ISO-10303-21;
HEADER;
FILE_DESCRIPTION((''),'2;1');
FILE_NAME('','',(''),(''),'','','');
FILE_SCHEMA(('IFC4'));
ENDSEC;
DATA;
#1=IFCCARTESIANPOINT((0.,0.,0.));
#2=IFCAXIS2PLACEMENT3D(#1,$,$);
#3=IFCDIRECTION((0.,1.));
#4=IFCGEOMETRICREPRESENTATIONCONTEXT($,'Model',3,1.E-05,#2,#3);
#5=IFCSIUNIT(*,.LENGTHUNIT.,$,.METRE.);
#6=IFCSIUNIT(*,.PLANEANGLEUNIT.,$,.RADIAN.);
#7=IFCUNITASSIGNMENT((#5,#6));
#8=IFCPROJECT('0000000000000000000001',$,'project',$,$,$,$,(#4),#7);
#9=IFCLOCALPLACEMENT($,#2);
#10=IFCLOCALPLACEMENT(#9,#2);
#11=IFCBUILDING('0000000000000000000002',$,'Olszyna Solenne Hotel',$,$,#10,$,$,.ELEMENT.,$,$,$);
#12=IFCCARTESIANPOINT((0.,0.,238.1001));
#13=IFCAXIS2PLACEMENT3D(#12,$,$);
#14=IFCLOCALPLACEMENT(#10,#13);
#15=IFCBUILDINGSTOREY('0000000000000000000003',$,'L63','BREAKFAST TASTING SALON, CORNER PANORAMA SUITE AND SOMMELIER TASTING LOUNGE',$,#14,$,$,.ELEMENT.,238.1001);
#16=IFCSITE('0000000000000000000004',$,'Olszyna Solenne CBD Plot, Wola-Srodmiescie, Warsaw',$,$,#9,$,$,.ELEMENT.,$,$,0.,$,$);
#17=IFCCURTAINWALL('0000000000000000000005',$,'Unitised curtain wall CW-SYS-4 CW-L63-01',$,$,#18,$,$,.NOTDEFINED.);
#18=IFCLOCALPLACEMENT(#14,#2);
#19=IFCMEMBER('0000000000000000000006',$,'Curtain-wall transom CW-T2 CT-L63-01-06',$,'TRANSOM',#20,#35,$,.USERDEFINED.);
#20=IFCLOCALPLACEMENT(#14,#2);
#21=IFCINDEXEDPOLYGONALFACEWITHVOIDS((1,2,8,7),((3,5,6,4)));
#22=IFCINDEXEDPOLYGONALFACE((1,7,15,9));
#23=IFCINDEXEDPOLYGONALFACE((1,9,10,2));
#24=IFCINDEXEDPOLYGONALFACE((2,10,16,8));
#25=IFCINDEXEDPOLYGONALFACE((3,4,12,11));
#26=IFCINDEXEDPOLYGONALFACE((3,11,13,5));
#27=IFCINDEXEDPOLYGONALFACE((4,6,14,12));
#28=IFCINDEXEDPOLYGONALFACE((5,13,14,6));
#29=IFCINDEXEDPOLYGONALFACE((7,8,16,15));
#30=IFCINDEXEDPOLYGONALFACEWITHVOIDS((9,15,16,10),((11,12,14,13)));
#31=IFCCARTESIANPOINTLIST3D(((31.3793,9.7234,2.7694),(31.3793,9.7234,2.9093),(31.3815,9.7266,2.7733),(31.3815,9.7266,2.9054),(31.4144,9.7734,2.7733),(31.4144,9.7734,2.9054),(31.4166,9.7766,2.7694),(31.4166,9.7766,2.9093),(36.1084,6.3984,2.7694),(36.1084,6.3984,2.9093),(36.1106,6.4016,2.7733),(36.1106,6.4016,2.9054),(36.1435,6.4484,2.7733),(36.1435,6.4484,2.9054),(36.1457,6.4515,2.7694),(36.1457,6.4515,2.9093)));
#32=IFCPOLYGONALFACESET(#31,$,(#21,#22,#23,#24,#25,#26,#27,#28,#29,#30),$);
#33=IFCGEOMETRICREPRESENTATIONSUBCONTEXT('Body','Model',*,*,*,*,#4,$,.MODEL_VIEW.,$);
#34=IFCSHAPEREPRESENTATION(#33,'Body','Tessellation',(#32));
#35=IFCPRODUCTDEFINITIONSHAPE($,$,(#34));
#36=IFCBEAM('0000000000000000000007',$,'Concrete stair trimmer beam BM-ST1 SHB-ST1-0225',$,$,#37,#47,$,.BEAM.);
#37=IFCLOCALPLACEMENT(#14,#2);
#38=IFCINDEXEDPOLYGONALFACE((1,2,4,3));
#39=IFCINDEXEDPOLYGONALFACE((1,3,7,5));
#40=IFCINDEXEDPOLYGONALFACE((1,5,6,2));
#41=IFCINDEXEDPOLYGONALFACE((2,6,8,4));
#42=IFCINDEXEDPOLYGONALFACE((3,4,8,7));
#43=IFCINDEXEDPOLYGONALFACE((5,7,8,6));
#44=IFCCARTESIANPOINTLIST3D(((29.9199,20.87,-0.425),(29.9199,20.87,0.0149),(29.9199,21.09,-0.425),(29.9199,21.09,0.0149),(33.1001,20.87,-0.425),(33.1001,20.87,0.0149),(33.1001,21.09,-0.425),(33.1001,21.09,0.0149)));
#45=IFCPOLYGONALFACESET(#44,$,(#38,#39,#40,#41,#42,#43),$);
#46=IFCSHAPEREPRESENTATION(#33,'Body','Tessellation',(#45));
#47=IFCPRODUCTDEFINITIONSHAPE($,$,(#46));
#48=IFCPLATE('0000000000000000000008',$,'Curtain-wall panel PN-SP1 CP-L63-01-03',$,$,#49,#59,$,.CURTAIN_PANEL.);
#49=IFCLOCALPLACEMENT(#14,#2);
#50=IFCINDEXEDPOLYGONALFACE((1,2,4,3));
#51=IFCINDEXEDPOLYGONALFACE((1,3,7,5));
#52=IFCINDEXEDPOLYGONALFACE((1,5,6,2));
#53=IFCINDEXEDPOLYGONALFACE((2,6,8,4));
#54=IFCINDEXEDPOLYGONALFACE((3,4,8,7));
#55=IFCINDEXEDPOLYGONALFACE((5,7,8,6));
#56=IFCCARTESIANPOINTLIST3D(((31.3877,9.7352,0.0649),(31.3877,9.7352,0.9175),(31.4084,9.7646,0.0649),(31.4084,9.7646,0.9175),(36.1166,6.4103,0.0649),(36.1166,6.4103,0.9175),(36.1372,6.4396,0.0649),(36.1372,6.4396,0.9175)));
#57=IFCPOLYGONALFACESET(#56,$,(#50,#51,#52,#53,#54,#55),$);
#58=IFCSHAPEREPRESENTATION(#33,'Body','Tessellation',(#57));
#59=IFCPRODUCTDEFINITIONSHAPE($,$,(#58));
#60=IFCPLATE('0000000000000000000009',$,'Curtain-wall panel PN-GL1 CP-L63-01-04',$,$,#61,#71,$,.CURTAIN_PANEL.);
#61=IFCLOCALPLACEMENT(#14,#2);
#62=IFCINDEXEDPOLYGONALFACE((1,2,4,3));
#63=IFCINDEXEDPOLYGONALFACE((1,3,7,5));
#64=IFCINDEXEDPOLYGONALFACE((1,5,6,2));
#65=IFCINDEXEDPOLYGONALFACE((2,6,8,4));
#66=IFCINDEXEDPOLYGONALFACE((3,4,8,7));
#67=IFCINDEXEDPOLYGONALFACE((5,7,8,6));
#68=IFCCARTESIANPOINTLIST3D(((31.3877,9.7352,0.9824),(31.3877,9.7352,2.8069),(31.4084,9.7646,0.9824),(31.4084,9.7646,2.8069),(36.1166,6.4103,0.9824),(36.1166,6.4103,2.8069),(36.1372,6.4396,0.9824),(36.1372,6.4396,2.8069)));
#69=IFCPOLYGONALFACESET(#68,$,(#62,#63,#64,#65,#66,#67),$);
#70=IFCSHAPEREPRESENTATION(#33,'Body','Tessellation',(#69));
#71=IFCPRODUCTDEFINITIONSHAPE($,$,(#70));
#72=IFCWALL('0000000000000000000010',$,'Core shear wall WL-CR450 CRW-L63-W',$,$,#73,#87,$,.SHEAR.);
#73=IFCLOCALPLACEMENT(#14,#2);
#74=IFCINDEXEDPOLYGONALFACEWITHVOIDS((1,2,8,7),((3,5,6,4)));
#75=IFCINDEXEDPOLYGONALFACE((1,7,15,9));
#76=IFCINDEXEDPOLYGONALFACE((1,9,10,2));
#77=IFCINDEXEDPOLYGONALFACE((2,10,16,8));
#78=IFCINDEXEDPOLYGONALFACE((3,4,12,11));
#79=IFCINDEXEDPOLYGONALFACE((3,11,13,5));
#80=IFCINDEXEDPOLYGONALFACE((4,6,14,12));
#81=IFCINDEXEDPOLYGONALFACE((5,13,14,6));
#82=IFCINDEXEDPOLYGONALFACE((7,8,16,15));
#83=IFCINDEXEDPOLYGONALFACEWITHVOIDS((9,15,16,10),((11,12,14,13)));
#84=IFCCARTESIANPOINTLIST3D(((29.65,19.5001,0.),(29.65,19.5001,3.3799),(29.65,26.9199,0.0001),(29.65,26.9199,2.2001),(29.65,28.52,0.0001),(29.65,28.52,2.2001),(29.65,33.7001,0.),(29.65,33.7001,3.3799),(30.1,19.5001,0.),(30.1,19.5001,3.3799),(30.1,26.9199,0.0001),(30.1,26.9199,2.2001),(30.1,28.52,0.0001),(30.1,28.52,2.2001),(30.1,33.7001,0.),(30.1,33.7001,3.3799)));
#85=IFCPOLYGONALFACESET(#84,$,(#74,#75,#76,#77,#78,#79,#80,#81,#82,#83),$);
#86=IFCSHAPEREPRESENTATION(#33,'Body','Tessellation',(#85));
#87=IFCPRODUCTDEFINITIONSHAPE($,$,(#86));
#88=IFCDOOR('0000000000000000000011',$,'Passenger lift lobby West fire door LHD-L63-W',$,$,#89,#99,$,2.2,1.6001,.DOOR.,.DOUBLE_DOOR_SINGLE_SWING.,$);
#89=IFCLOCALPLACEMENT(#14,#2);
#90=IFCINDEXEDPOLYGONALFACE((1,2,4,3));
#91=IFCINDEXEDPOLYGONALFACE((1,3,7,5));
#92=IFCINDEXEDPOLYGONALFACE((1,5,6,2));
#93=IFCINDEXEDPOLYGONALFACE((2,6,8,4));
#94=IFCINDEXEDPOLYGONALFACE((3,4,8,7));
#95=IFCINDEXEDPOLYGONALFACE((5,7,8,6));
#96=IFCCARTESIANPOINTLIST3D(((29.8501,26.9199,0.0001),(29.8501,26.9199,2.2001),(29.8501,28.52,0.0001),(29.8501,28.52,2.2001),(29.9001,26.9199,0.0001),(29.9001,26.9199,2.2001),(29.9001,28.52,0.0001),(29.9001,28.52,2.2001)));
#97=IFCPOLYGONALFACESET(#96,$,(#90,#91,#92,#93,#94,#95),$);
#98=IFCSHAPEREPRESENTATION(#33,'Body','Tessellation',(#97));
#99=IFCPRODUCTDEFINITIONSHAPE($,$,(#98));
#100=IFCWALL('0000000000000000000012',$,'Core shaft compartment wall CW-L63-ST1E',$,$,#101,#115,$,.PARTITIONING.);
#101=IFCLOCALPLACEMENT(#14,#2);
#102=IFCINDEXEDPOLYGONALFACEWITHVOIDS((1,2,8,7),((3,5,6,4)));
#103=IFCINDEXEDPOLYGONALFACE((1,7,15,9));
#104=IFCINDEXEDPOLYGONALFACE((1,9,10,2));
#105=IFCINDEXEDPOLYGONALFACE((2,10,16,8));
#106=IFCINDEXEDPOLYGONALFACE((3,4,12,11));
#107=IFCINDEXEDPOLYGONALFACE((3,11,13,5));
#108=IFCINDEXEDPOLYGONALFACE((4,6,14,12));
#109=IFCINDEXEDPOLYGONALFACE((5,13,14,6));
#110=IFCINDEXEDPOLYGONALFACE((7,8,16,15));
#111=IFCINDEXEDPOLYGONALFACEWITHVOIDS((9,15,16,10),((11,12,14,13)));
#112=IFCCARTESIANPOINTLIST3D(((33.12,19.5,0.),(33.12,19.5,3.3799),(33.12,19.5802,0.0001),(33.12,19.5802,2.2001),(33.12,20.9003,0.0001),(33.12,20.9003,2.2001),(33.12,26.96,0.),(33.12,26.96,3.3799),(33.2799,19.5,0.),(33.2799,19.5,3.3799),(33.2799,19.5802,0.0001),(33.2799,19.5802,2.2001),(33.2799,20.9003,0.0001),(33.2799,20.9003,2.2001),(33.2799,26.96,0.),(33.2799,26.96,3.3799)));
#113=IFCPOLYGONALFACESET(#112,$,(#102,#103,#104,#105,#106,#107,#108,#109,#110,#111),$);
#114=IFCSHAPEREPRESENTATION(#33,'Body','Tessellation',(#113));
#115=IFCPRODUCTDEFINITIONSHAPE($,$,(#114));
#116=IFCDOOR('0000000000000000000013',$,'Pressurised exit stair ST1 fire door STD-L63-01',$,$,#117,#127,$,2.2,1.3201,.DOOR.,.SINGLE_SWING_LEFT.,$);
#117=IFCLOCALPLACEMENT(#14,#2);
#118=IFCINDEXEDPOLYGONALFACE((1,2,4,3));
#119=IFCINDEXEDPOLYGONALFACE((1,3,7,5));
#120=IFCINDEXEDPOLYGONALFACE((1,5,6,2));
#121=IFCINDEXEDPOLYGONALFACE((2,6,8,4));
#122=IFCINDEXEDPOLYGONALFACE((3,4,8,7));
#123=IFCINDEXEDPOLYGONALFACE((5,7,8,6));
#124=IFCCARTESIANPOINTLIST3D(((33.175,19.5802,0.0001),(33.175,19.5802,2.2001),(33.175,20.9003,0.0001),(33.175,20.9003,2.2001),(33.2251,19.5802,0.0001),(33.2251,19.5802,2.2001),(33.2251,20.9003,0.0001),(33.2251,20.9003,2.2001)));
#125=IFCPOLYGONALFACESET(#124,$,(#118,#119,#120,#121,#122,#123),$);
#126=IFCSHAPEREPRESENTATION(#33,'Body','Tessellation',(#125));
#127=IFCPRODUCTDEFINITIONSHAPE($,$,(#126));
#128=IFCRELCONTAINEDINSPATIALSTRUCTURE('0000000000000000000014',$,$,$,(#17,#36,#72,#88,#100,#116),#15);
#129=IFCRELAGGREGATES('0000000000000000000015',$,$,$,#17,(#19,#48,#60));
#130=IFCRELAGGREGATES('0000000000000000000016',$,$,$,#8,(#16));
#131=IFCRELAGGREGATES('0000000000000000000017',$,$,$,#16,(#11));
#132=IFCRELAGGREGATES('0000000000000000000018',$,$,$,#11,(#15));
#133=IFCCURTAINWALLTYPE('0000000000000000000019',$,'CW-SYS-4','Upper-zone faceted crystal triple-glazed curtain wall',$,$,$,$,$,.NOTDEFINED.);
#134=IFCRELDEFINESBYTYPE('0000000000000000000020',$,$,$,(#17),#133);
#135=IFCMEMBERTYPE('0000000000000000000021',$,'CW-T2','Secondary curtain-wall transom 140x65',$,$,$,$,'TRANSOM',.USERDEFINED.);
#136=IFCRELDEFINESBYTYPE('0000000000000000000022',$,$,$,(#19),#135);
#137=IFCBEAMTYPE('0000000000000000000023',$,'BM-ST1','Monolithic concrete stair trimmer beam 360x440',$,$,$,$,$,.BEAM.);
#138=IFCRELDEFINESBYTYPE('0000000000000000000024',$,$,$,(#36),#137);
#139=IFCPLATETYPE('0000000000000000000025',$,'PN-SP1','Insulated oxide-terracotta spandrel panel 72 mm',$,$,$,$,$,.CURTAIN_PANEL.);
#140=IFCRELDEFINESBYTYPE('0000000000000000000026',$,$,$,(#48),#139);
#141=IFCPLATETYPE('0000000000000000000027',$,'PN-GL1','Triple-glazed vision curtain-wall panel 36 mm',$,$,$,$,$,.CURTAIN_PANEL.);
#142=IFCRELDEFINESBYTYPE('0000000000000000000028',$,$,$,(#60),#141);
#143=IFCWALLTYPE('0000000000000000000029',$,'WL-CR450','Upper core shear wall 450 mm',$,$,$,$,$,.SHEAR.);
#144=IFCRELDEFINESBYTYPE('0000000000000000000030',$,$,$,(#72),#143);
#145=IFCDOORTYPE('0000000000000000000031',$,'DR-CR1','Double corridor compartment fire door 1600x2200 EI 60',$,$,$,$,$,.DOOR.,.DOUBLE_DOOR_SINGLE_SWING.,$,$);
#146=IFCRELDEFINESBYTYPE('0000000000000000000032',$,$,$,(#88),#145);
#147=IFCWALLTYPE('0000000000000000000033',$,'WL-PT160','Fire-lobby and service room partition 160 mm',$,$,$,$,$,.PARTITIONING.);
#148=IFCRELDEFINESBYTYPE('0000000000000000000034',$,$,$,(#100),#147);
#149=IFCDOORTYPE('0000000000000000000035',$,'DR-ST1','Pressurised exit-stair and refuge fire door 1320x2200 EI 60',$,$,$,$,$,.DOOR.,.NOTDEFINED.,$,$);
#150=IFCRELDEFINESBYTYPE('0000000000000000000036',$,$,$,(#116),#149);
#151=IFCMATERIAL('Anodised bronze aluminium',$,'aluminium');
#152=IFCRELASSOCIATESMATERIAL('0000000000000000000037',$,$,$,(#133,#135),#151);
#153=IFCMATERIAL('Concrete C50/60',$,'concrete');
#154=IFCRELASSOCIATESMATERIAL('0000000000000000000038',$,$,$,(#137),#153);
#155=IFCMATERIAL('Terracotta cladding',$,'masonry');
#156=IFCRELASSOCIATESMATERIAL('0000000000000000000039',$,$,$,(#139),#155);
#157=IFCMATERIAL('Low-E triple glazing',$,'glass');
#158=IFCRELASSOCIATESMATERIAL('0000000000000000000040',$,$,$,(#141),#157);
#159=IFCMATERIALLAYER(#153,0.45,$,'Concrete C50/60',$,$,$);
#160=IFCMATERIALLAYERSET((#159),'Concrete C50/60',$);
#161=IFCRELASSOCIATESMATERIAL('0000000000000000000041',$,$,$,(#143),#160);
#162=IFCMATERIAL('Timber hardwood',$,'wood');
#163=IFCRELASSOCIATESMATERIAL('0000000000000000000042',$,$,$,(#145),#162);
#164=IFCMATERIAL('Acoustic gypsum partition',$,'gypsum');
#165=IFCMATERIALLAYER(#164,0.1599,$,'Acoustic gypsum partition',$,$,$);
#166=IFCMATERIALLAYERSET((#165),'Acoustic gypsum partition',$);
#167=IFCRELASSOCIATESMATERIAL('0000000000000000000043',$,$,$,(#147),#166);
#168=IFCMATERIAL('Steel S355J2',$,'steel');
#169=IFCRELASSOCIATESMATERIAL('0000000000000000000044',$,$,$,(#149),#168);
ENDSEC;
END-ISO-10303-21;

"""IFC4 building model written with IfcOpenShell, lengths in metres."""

from ifc_helpers import new_model, si_unit, direction, frame, frame_2d, origin, origin_2d, place, context, subcontext, project, spatial, rectangle, hollow_rectangle, extrude, source, transform, mapped, material, layer, layer_set, material_profile, profile_set, type_object, type_shapes, element, fill, aggregate, save


model = new_model("IFC4")

# Units and contexts
model_context = context("Model", 3, precision=1e-05, world=origin(), true_north=direction((0.0, 1.0)))
body_context = subcontext(model_context, "Body", "Model", "MODEL_VIEW")
ifc_project = project(units=[si_unit("LENGTHUNIT", "METRE"), si_unit("PLANEANGLEUNIT", "RADIAN")], contexts=[model_context])

# Site, building, storey
site_placement = place(None, origin())
site = spatial("IfcSite", under=ifc_project, at=site_placement, Name="Olszyna Solenne CBD Plot, Wola-Srodmiescie, Warsaw", CompositionType="ELEMENT", RefElevation=0.0)
building_placement = place(site_placement, origin())
building = spatial("IfcBuilding", under=site, at=building_placement, Name="Olszyna Solenne Hotel", CompositionType="ELEMENT")
storey_placement = place(building_placement, frame((0.0, 0.0, 238.1001)))
storey = spatial("IfcBuildingStorey", under=building, at=storey_placement, Name="L63", Description="BREAKFAST TASTING SALON, CORNER PANORAMA SUITE AND SOMMELIER TASTING LOUNGE", CompositionType="ELEMENT", Elevation=238.1001)

# Shared definitions
ifc_material_1 = material(Name="Steel S355J2", Category="steel")

# Curtain wall, member
ifc_material_2 = material(Name="Anodised bronze aluminium", Category="aluminium")
curtain_wall_type = type_object("IfcCurtainWallType", Name="CW-SYS-4", Description="Upper-zone faceted crystal triple-glazed curtain wall", PredefinedType="NOTDEFINED", material=ifc_material_2)
curtain_wall_placement = place(storey_placement, origin())
curtain_wall = element("IfcCurtainWall", 1, at=curtain_wall_placement, inside=storey, type_object=curtain_wall_type, Name="Unitised curtain wall CW-SYS-4 CW-L63-01", PredefinedType="NOTDEFINED")
ifc_material_profile_1 = material_profile(ifc_material_2, hollow_rectangle(XDim=0.0649, YDim=0.1399, WallThickness=0.0039, at=origin_2d()), Name="TRAN 140x65x4", Category="load-bearing")
ifc_profile_set_1 = profile_set([ifc_material_profile_1], Name="Anodised bronze aluminium")
member_type_1 = type_object("IfcMemberType", Name="CW-T2", Description="Secondary curtain-wall transom 140x65", ElementType="TRANSOM", PredefinedType="USERDEFINED", material=ifc_profile_set_1)
shared_shape_1 = source(origin(), body_context, "Body", "SweptSolid", [
    extrude(hollow_rectangle(XDim=0.0649, YDim=0.1399, WallThickness=0.0039, at=origin_2d()), origin(), (0.0, 0.0, 1.0), 5.781),
])
member_1_placement = place(storey_placement, frame((31.3979, 9.75, 2.8394), z_axis=(0.81804, -0.575162, 0.0), x_axis=(0.575162, 0.81804, 0.0)))
member_1 = element("IfcMember", 2, at=member_1_placement, type_object=member_type_1, Name="Curtain-wall transom CW-T2 CT-L63-01-06", ObjectType="TRANSOM", PredefinedType="USERDEFINED", context=body_context, shape_type="MappedRepresentation", body=[
    mapped(shared_shape_1, transform((0.0, 0.0, 0.0), x_axis=(1.0, 0.0, 0.0), y_axis=(0.0, 1.0, 0.0), z_axis=(0.0, 0.0, 1.0), scale=1.0)),
])

# Beam
ifc_material_3 = material(Name="Concrete C50/60", Category="concrete")
ifc_material_profile_2 = material_profile(ifc_material_3, rectangle(XDim=0.22, YDim=0.4399, at=origin_2d()), Name="RC 220x440", Category="load-bearing")
ifc_profile_set_2 = profile_set([ifc_material_profile_2], Name="Concrete C50/60")
beam_type_1 = type_object("IfcBeamType", Name="BM-ST1", Description="Monolithic concrete stair trimmer beam 360x440", PredefinedType="BEAM", material=ifc_profile_set_2)
shared_shape_2 = source(origin(), body_context, "Body", "SweptSolid", [
    extrude(rectangle(XDim=0.22, YDim=0.4399, at=origin_2d()), origin(), (0.0, 0.0, 1.0), 3.1802),
])
beam_1_placement = place(storey_placement, frame((33.1001, 20.98, -0.2051), z_axis=(-1.0, 0.0, 0.0), x_axis=(0.0, -1.0, 0.0)))
element("IfcBeam", 3, at=beam_1_placement, inside=storey, type_object=beam_type_1, Name="Concrete stair trimmer beam BM-ST1 SHB-ST1-0225", PredefinedType="BEAM", context=body_context, shape_type="MappedRepresentation", body=[
    mapped(shared_shape_2, transform((0.0, 0.0, 0.0), x_axis=(1.0, 0.0, 0.0), y_axis=(0.0, 1.0, 0.0), z_axis=(0.0, 0.0, 1.0), scale=1.0)),
])

# Plates
ifc_material_4 = material(Name="Terracotta cladding", Category="masonry")
plate_type_1 = type_object("IfcPlateType", Name="PN-SP1", Description="Insulated oxide-terracotta spandrel panel 72 mm", PredefinedType="CURTAIN_PANEL", material=ifc_material_4)
shared_shape_3 = source(origin(), body_context, "Body", "SweptSolid", [
    extrude(rectangle(XDim=5.7808, YDim=0.0359, at=origin_2d()), origin(), (0.0, 0.0, 1.0), 0.8525),
])
plate_1_placement = place(storey_placement, frame((33.7625, 8.0874, 0.0649), z_axis=(0.0, 0.0, 1.0), x_axis=(0.818031, -0.575174, 0.0)))
plate_1 = element("IfcPlate", 4, at=plate_1_placement, type_object=plate_type_1, Name="Curtain-wall panel PN-SP1 CP-L63-01-03", PredefinedType="CURTAIN_PANEL", context=body_context, shape_type="MappedRepresentation", body=[
    mapped(shared_shape_3, transform((0.0, 0.0, 0.0), x_axis=(1.0, 0.0, 0.0), y_axis=(0.0, 1.0, 0.0), z_axis=(0.0, 0.0, 1.0), scale=1.0)),
])
ifc_material_5 = material(Name="Low-E triple glazing", Category="glass")
plate_type_2 = type_object("IfcPlateType", Name="PN-GL1", Description="Triple-glazed vision curtain-wall panel 36 mm", PredefinedType="CURTAIN_PANEL", material=ifc_material_5)
shared_shape_4 = source(origin(), body_context, "Body", "SweptSolid", [
    extrude(rectangle(XDim=5.7808, YDim=0.0359, at=origin_2d()), origin(), (0.0, 0.0, 1.0), 1.8245),
])
plate_2_placement = place(storey_placement, frame((33.7625, 8.0874, 0.9824), z_axis=(0.0, 0.0, 1.0), x_axis=(0.818031, -0.575174, 0.0)))
plate_2 = element("IfcPlate", 5, at=plate_2_placement, type_object=plate_type_2, Name="Curtain-wall panel PN-GL1 CP-L63-01-04", PredefinedType="CURTAIN_PANEL", context=body_context, shape_type="MappedRepresentation", body=[
    mapped(shared_shape_4, transform((0.0, 0.0, 0.0), x_axis=(1.0, 0.0, 0.0), y_axis=(0.0, 1.0, 0.0), z_axis=(0.0, 0.0, 1.0), scale=1.0)),
])
aggregate(curtain_wall, [member_1, plate_1, plate_2])

# Walls, openings, doors
ifc_layer_1 = layer(ifc_material_3, 0.45, Name="Concrete C50/60")
ifc_layer_set_1 = layer_set([ifc_layer_1], Name="Concrete C50/60")
wall_type_1 = type_object("IfcWallType", Name="WL-CR450", Description="Upper core shear wall 450 mm", PredefinedType="SHEAR", material=ifc_layer_set_1)
wall_1_placement = place(storey_placement, frame((29.875, 19.5, 0.0), z_axis=(0.0, 0.0, 1.0), x_axis=(0.0, 1.0, 0.0)))
wall_1 = element("IfcWall", 6, at=wall_1_placement, inside=storey, type_object=wall_type_1, Name="Core shear wall WL-CR450 CRW-L63-W", PredefinedType="SHEAR", context=body_context, shape_type="SweptSolid", body=[
    extrude(rectangle(XDim=14.2, YDim=0.45, at=frame_2d((7.1001, 0.0))), origin(), (0.0, 0.0, 1.0), 3.3799),
])
opening_1_placement = place(wall_1_placement, frame((7.4199, 0.0, 0.0)))
opening_1 = element("IfcOpeningElement", 7, at=opening_1_placement, cuts=wall_1, PredefinedType="OPENING", context=body_context, shape_type="SweptSolid", body=[
    extrude(rectangle(XDim=1.6001, YDim=2.2, at=frame_2d((0.8, 1.1001))), frame((0.0, 0.2349, 0.0), z_axis=(0.0, -1.0, 0.0), x_axis=(1.0, 0.0, 0.0)), (0.0, 0.0, 1.0), 0.47),
])
ifc_material_6 = material(Name="Timber hardwood", Category="wood")
door_type_1 = type_object("IfcDoorType", Name="DR-CR1", Description="Double corridor compartment fire door 1600x2200 EI 60", OperationType="DOUBLE_DOOR_SINGLE_SWING", PredefinedType="DOOR", material=ifc_material_6)
shared_shape_5 = source(origin(), body_context, "Body", "SweptSolid", [
    extrude(rectangle(XDim=1.6001, YDim=2.2, at=frame_2d((0.8, 1.1001))), frame((0.0, 0.0249, 0.0), z_axis=(0.0, -1.0, 0.0), x_axis=(1.0, 0.0, 0.0)), (0.0, 0.0, 1.0), 0.05),
])
type_shapes(door_type_1, [shared_shape_5])
door_1_placement = place(opening_1_placement, origin())
door_1 = element("IfcDoor", 8, at=door_1_placement, inside=storey, type_object=door_type_1, Name="Passenger lift lobby West fire door LHD-L63-W", OperationType="DOUBLE_DOOR_SINGLE_SWING", OverallHeight=2.2, OverallWidth=1.6001, PredefinedType="DOOR", context=body_context, shape_type="MappedRepresentation", body=[
    mapped(shared_shape_5, transform((0.0, 0.0, 0.0), x_axis=(1.0, 0.0, 0.0), y_axis=(0.0, 1.0, 0.0), z_axis=(0.0, 0.0, 1.0), scale=1.0)),
])
fill(opening_1, door_1)
ifc_material_7 = material(Name="Acoustic gypsum partition", Category="gypsum")
ifc_layer_2 = layer(ifc_material_7, 0.1599, Name="Acoustic gypsum partition")
ifc_layer_set_2 = layer_set([ifc_layer_2], Name="Acoustic gypsum partition")
wall_type_2 = type_object("IfcWallType", Name="WL-PT160", Description="Fire-lobby and service room partition 160 mm", PredefinedType="PARTITIONING", material=ifc_layer_set_2)
wall_2_placement = place(storey_placement, frame((33.2, 19.5, 0.0), z_axis=(0.0, 0.0, 1.0), x_axis=(0.0, 1.0, 0.0)))
wall_2 = element("IfcWall", 9, at=wall_2_placement, inside=storey, type_object=wall_type_2, Name="Core shaft compartment wall CW-L63-ST1E", PredefinedType="PARTITIONING", context=body_context, shape_type="SweptSolid", body=[
    extrude(rectangle(XDim=7.46, YDim=0.1599, at=frame_2d((3.73, 0.0))), origin(), (0.0, 0.0, 1.0), 3.3799),
])
opening_2_placement = place(wall_2_placement, frame((0.0801, 0.0, 0.0)))
opening_2 = element("IfcOpeningElement", 10, at=opening_2_placement, cuts=wall_2, PredefinedType="OPENING", context=body_context, shape_type="SweptSolid", body=[
    extrude(rectangle(XDim=1.3201, YDim=2.2, at=frame_2d((0.6602, 1.1001))), frame((0.0, 0.0898, 0.0), z_axis=(0.0, -1.0, 0.0), x_axis=(1.0, 0.0, 0.0)), (0.0, 0.0, 1.0), 0.1799),
])
door_type_2 = type_object("IfcDoorType", Name="DR-ST1", Description="Pressurised exit-stair and refuge fire door 1320x2200 EI 60", OperationType="NOTDEFINED", PredefinedType="DOOR", material=ifc_material_1)
shared_shape_6 = source(origin(), body_context, "Body", "SweptSolid", [
    extrude(rectangle(XDim=1.3201, YDim=2.2, at=frame_2d((0.6602, 1.1001))), frame((0.0, 0.0249, 0.0), z_axis=(0.0, -1.0, 0.0), x_axis=(1.0, 0.0, 0.0)), (0.0, 0.0, 1.0), 0.05),
])
type_shapes(door_type_2, [shared_shape_6])
door_2_placement = place(opening_2_placement, origin())
door_2 = element("IfcDoor", 11, at=door_2_placement, inside=storey, type_object=door_type_2, Name="Pressurised exit stair ST1 fire door STD-L63-01", OperationType="SINGLE_SWING_LEFT", OverallHeight=2.2, OverallWidth=1.3201, PredefinedType="DOOR", context=body_context, shape_type="MappedRepresentation", body=[
    mapped(shared_shape_6, transform((0.0, 0.0, 0.0), x_axis=(1.0, 0.0, 0.0), y_axis=(0.0, 1.0, 0.0), z_axis=(0.0, 0.0, 1.0), scale=1.0)),
])
fill(opening_2, door_2)

save(model, "model.ifc")
